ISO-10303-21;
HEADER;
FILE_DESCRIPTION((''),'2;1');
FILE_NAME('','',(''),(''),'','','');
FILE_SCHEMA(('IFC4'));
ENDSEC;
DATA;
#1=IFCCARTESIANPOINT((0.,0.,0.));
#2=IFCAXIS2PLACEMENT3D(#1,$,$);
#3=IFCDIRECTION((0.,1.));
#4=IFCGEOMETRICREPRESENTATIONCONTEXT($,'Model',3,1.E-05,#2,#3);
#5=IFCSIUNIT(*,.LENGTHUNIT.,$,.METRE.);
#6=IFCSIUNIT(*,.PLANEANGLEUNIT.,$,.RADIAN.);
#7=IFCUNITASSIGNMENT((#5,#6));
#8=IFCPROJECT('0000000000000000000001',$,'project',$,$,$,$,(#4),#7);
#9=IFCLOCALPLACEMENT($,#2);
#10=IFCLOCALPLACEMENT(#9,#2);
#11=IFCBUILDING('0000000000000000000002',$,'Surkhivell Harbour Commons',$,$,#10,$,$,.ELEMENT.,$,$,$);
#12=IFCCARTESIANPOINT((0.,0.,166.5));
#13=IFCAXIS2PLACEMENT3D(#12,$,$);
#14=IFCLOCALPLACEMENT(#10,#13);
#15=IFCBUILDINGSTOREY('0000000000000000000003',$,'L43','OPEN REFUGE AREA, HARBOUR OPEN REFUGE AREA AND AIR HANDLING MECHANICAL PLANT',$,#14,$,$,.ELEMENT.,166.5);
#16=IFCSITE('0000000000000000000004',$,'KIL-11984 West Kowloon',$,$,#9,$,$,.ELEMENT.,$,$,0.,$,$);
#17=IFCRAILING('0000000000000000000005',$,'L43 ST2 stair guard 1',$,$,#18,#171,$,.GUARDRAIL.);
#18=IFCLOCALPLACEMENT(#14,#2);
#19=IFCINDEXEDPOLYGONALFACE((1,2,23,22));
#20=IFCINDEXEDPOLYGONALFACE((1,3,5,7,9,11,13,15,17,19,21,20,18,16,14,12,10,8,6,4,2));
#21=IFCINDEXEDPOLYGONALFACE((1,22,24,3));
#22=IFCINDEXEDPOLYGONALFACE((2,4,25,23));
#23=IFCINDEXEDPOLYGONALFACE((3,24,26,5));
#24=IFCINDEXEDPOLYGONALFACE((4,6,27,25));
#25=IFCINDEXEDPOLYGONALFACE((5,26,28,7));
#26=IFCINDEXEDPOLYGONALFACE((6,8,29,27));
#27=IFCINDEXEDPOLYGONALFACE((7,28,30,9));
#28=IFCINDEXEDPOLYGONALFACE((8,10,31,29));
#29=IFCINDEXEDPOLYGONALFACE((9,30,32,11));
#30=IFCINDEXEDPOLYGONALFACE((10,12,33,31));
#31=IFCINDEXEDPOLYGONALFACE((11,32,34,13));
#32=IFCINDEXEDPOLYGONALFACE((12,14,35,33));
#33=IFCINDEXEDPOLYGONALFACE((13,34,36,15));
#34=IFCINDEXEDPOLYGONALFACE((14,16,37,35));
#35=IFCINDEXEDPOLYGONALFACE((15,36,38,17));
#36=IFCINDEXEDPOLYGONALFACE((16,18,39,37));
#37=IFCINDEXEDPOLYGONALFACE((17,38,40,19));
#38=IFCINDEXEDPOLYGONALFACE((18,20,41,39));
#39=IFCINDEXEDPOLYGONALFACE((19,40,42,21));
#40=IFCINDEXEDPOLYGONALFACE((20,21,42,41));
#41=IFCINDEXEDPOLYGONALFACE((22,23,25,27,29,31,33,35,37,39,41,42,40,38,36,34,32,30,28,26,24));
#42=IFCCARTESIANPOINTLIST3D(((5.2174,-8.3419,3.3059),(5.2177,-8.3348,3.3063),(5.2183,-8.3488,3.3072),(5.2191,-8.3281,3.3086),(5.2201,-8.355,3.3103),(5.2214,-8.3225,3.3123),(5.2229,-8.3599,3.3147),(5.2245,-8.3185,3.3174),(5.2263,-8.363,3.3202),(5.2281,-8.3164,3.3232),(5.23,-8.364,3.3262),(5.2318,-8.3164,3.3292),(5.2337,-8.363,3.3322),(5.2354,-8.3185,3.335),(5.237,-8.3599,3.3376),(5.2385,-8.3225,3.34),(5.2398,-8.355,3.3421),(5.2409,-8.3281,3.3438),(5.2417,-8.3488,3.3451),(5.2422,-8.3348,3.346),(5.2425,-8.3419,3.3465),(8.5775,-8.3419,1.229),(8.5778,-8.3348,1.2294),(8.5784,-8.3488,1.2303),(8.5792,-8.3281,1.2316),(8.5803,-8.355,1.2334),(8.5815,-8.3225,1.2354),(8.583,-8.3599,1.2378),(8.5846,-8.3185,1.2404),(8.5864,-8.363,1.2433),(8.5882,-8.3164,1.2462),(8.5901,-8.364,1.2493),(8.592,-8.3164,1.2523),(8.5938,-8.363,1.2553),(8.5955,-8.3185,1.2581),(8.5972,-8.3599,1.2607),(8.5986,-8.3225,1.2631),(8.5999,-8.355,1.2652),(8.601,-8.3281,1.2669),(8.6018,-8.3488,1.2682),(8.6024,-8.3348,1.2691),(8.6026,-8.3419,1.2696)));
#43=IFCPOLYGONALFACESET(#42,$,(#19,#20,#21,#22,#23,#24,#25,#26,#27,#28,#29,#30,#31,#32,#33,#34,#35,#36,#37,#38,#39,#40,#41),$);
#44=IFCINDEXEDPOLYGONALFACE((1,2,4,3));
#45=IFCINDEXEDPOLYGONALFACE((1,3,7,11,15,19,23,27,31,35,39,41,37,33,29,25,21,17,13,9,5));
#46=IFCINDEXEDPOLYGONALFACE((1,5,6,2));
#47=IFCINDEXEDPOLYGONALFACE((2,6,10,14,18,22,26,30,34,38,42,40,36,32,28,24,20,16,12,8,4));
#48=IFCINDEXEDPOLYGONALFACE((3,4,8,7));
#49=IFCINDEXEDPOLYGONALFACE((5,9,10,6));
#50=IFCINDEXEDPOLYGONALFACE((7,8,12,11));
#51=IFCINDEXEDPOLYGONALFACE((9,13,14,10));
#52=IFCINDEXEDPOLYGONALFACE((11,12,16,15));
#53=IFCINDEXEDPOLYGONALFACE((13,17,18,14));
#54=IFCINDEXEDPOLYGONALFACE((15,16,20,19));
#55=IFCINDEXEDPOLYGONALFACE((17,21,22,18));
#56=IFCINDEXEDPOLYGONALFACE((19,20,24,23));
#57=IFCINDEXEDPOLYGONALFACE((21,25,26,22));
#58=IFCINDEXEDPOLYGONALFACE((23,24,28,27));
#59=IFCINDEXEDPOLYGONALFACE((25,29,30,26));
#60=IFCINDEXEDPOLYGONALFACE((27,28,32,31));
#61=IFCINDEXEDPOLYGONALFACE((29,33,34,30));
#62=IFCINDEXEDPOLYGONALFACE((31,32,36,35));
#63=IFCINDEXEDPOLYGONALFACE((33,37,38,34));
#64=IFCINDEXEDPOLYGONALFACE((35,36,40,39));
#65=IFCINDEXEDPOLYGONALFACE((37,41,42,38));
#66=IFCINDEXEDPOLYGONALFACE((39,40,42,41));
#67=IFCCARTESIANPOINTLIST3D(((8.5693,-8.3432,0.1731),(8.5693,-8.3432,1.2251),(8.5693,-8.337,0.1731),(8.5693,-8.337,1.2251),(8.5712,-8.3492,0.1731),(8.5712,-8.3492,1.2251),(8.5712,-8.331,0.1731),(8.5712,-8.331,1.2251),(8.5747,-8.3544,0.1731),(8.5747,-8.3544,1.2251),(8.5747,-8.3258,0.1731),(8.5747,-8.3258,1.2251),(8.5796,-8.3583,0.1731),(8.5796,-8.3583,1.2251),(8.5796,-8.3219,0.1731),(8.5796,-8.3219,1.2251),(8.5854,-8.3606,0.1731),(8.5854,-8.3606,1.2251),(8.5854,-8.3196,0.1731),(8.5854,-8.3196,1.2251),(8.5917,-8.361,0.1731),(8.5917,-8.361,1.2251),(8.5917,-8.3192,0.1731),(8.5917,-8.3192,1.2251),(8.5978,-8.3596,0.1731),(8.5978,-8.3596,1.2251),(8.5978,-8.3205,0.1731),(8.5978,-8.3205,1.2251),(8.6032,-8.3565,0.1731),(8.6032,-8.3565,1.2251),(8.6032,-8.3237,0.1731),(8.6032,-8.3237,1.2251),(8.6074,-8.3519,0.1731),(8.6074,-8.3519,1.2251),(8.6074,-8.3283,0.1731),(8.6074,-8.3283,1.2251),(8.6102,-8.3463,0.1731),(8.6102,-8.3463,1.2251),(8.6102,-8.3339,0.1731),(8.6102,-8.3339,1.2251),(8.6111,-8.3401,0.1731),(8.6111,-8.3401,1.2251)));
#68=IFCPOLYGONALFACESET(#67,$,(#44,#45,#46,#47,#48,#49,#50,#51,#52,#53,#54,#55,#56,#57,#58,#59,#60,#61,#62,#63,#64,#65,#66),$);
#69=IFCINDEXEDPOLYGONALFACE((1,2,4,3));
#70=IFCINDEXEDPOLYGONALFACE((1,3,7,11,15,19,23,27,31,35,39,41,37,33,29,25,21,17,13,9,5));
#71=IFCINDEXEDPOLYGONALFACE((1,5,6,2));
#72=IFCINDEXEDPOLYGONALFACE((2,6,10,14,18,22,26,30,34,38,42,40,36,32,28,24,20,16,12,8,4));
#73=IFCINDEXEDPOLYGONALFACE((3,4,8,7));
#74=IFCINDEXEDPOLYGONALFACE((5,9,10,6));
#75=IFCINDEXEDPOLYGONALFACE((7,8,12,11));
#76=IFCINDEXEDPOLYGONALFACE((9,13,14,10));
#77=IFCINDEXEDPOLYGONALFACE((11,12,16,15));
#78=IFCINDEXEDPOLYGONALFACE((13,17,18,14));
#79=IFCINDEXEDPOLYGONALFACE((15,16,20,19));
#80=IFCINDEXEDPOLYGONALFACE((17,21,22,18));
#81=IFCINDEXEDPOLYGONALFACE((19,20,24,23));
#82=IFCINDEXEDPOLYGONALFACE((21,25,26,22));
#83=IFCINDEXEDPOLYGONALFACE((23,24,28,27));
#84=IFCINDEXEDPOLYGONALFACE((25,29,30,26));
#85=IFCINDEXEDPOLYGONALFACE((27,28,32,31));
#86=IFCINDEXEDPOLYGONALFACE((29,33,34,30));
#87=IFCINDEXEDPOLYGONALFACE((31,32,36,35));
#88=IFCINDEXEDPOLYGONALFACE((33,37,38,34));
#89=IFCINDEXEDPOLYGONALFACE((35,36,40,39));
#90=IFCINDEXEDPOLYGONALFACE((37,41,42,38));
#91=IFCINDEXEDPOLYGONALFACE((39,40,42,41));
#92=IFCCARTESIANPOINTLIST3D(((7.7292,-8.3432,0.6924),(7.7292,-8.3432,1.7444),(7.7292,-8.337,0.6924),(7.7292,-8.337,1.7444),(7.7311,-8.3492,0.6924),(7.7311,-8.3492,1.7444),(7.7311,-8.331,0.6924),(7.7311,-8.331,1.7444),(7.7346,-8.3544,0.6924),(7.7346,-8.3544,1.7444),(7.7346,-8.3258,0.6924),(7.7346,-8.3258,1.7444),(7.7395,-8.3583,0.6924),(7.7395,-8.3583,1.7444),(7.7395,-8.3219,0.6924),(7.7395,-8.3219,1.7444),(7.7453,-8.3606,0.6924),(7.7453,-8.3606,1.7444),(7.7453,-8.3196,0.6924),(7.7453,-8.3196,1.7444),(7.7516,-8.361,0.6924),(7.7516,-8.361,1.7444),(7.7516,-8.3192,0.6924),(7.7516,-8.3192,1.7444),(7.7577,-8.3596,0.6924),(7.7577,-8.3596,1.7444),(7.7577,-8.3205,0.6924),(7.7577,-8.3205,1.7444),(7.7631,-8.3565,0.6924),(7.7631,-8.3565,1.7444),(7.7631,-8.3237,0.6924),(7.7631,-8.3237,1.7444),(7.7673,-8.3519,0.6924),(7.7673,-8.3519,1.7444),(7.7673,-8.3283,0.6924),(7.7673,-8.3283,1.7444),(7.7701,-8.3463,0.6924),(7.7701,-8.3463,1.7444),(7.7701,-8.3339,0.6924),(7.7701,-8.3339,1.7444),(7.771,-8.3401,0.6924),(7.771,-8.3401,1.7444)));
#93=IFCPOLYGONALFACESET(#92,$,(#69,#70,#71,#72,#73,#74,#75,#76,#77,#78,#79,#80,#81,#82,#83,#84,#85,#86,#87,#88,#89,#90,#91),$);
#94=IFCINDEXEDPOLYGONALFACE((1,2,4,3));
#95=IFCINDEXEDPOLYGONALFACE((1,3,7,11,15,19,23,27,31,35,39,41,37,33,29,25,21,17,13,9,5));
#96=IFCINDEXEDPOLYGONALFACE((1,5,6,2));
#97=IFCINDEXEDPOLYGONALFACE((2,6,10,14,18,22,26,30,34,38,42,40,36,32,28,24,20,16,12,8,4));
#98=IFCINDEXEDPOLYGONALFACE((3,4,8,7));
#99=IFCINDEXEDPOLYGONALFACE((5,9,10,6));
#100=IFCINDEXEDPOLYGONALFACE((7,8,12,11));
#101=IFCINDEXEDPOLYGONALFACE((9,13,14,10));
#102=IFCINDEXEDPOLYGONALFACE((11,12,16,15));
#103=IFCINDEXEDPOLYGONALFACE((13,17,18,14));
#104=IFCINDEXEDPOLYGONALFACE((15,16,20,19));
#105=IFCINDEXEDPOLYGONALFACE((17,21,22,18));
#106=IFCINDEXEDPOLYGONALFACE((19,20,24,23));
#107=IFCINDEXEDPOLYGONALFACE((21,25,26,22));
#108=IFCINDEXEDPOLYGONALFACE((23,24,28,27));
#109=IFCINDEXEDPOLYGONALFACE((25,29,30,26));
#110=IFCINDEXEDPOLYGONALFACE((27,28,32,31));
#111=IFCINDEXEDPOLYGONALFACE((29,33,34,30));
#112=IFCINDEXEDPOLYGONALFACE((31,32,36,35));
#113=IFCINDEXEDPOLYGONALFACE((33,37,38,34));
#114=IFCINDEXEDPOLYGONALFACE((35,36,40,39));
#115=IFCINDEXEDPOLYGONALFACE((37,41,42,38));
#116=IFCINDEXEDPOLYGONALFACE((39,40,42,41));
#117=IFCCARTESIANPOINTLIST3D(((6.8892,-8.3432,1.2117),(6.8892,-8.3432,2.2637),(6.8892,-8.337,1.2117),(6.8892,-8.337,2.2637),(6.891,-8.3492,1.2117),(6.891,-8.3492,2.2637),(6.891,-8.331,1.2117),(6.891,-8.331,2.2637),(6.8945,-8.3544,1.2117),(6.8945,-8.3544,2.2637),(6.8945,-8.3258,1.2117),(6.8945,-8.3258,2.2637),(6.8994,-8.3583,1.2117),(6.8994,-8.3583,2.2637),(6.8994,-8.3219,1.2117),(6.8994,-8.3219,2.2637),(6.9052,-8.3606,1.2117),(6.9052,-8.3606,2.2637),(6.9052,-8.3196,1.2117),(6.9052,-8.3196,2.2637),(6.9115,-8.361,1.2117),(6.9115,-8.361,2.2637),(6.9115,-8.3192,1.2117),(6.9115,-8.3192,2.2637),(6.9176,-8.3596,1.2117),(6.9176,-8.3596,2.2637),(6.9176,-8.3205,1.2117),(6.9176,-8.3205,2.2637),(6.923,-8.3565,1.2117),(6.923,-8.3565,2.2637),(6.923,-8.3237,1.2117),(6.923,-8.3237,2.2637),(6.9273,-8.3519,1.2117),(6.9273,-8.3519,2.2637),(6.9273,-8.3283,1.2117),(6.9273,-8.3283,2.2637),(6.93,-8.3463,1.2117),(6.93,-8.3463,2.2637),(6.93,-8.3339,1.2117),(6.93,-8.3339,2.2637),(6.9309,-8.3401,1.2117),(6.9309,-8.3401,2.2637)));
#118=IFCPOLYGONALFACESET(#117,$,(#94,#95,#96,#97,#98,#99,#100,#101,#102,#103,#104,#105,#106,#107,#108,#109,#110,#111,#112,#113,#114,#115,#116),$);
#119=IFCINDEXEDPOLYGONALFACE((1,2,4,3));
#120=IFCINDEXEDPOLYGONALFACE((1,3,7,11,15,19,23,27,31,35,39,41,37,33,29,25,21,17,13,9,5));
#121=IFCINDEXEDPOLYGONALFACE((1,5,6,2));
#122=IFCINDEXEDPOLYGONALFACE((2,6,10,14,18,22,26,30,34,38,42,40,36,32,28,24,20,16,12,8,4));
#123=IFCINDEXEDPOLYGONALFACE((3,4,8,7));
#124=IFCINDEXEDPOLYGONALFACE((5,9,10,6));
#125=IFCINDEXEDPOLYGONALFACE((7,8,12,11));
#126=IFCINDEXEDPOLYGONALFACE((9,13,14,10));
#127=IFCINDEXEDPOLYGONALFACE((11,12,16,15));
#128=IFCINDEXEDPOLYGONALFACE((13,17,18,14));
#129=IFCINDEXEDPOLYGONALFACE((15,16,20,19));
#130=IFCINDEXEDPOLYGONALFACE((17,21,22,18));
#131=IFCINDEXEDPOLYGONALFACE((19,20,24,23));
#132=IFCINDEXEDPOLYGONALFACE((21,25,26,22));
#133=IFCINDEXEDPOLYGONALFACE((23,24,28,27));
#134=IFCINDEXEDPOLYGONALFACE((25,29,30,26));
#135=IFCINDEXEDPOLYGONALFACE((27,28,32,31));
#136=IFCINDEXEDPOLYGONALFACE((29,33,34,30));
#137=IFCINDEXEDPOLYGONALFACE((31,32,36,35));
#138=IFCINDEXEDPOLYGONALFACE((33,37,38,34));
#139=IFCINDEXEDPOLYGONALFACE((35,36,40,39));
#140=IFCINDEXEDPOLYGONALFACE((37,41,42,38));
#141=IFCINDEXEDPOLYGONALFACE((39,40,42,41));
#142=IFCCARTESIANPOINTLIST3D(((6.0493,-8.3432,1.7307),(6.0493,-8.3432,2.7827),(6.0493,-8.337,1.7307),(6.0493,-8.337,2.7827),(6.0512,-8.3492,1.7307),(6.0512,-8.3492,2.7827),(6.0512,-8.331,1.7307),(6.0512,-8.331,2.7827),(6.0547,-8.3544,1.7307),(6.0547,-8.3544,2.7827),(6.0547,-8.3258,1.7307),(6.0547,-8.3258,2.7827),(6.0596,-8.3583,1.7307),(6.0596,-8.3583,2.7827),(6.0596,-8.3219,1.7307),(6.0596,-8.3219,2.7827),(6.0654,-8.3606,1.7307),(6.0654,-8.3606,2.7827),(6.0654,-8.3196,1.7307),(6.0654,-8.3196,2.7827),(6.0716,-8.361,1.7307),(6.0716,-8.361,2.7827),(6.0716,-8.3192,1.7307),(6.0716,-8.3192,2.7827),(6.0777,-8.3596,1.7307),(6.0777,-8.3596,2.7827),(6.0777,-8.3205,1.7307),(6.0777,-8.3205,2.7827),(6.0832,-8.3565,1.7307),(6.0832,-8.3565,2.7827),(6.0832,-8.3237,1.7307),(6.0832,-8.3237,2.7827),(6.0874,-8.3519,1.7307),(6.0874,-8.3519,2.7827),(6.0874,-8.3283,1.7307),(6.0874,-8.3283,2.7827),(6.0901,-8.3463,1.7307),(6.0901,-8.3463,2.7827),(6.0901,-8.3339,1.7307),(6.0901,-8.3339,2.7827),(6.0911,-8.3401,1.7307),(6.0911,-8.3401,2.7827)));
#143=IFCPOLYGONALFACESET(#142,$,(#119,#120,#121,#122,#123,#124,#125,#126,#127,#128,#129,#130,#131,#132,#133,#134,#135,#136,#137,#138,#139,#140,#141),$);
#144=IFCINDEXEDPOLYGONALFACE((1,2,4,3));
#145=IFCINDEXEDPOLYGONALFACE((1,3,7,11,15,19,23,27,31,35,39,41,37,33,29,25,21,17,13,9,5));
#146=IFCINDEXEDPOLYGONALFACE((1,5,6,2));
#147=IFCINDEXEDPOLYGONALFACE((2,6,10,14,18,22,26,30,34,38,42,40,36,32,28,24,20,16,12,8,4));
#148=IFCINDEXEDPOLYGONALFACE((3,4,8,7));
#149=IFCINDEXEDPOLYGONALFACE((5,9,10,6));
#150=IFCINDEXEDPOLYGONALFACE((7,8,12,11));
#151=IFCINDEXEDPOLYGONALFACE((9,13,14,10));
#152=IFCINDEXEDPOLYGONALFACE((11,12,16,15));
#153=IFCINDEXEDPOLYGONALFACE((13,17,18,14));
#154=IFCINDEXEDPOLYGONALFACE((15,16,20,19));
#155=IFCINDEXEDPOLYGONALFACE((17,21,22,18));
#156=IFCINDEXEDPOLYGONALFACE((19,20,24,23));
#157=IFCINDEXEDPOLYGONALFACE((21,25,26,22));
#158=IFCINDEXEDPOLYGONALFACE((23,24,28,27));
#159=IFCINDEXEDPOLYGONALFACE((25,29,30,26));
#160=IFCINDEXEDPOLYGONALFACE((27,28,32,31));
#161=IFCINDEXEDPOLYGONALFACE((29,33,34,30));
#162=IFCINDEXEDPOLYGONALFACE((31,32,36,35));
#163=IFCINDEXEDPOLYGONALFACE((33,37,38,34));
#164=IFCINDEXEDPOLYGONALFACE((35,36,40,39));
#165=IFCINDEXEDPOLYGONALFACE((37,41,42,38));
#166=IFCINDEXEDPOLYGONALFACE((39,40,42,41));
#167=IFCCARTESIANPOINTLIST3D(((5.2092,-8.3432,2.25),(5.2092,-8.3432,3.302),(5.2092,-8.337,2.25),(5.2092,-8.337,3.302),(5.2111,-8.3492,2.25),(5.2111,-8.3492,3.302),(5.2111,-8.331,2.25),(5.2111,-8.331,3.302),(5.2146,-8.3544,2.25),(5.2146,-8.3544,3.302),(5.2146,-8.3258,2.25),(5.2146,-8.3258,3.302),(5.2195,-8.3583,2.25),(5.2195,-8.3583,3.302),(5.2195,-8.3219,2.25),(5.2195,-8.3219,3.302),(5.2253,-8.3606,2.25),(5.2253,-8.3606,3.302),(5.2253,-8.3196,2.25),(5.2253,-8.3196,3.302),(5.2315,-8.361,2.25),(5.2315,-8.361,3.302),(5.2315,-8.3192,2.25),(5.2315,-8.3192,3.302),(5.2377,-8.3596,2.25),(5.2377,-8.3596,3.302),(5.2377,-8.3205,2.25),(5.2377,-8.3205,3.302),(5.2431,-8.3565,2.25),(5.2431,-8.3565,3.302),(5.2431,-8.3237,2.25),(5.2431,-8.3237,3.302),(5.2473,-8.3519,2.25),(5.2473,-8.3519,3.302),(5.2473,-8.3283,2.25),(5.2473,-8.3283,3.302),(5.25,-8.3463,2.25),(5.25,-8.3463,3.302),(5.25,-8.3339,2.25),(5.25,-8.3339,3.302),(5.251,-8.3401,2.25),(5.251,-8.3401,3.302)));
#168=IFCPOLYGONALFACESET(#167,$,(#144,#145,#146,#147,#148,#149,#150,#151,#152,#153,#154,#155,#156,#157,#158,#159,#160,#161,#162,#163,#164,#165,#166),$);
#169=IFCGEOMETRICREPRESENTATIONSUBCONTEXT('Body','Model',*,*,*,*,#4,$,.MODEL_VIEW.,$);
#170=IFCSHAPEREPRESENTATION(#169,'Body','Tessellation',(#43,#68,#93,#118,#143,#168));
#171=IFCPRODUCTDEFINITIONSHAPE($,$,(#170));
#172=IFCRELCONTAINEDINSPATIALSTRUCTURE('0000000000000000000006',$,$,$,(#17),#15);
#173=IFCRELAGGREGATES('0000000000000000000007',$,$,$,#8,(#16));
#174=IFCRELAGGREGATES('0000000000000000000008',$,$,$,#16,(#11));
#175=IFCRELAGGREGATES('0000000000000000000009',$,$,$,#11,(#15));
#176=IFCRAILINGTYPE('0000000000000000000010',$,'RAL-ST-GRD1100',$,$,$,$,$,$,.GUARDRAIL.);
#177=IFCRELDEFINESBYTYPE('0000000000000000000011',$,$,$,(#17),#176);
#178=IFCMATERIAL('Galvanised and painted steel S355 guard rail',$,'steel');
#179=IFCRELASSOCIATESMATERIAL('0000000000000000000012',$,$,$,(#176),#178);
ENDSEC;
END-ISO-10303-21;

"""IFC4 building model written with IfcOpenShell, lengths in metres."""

from ifc_helpers import new_model, si_unit, direction, frame, origin, origin_2d, place, context, subcontext, project, spatial, circle, extrude, material, type_object, element, save


model = new_model("IFC4")

# Units and contexts
model_context = context("Model", 3, precision=1e-05, world=origin(), true_north=direction((0.0, 1.0)))
body_context = subcontext(model_context, "Body", "Model", "MODEL_VIEW")
ifc_project = project(units=[si_unit("LENGTHUNIT", "METRE"), si_unit("PLANEANGLEUNIT", "RADIAN")], contexts=[model_context])

# Site, building, storey
site_placement = place(None, origin())
site = spatial("IfcSite", under=ifc_project, at=site_placement, Name="KIL-11984 West Kowloon", CompositionType="ELEMENT", RefElevation=0.0)
building_placement = place(site_placement, origin())
building = spatial("IfcBuilding", under=site, at=building_placement, Name="Surkhivell Harbour Commons", CompositionType="ELEMENT")
storey_placement = place(building_placement, frame((0.0, 0.0, 166.5)))
storey = spatial("IfcBuildingStorey", under=building, at=storey_placement, Name="L43", Description="OPEN REFUGE AREA, HARBOUR OPEN REFUGE AREA AND AIR HANDLING MECHANICAL PLANT", CompositionType="ELEMENT", Elevation=166.5)

# Railing
ifc_material_1 = material(Name="Galvanised and painted steel S355 guard rail", Category="steel")
railing_type_1 = type_object("IfcRailingType", Name="RAL-ST-GRD1100", PredefinedType="GUARDRAIL", material=ifc_material_1)
railing_1_placement = place(storey_placement, frame((8.5901, -8.3401, 0.1731)))
element("IfcRailing", 1, at=railing_1_placement, inside=storey, type_object=railing_type_1, Name="L43 ST2 stair guard 1", PredefinedType="GUARDRAIL", context=body_context, shape_type="SweptSolid", body=[
    extrude(circle(Radius=0.0239, at=origin_2d()), frame((0.0, 0.0, 1.0762), z_axis=(-0.850623, 0.0, 0.525776), x_axis=(0.0, -1.0, 0.0)), (0.0, 0.0, 1.0), 3.9502),
    extrude(circle(Radius=0.021, at=origin_2d()), origin(), (0.0, 0.0, 1.0), 1.052),
    extrude(circle(Radius=0.021, at=origin_2d()), frame((-0.8401, 0.0, 0.5193)), (0.0, 0.0, 1.0), 1.052),
    extrude(circle(Radius=0.021, at=origin_2d()), frame((-1.6802, 0.0, 1.0386)), (0.0, 0.0, 1.0), 1.052),
    extrude(circle(Radius=0.021, at=origin_2d()), frame((-2.52, 0.0, 1.5576)), (0.0, 0.0, 1.0), 1.052),
    extrude(circle(Radius=0.021, at=origin_2d()), frame((-3.3601, 0.0, 2.0769)), (0.0, 0.0, 1.0), 1.052),
])

save(model, "model.ifc")
